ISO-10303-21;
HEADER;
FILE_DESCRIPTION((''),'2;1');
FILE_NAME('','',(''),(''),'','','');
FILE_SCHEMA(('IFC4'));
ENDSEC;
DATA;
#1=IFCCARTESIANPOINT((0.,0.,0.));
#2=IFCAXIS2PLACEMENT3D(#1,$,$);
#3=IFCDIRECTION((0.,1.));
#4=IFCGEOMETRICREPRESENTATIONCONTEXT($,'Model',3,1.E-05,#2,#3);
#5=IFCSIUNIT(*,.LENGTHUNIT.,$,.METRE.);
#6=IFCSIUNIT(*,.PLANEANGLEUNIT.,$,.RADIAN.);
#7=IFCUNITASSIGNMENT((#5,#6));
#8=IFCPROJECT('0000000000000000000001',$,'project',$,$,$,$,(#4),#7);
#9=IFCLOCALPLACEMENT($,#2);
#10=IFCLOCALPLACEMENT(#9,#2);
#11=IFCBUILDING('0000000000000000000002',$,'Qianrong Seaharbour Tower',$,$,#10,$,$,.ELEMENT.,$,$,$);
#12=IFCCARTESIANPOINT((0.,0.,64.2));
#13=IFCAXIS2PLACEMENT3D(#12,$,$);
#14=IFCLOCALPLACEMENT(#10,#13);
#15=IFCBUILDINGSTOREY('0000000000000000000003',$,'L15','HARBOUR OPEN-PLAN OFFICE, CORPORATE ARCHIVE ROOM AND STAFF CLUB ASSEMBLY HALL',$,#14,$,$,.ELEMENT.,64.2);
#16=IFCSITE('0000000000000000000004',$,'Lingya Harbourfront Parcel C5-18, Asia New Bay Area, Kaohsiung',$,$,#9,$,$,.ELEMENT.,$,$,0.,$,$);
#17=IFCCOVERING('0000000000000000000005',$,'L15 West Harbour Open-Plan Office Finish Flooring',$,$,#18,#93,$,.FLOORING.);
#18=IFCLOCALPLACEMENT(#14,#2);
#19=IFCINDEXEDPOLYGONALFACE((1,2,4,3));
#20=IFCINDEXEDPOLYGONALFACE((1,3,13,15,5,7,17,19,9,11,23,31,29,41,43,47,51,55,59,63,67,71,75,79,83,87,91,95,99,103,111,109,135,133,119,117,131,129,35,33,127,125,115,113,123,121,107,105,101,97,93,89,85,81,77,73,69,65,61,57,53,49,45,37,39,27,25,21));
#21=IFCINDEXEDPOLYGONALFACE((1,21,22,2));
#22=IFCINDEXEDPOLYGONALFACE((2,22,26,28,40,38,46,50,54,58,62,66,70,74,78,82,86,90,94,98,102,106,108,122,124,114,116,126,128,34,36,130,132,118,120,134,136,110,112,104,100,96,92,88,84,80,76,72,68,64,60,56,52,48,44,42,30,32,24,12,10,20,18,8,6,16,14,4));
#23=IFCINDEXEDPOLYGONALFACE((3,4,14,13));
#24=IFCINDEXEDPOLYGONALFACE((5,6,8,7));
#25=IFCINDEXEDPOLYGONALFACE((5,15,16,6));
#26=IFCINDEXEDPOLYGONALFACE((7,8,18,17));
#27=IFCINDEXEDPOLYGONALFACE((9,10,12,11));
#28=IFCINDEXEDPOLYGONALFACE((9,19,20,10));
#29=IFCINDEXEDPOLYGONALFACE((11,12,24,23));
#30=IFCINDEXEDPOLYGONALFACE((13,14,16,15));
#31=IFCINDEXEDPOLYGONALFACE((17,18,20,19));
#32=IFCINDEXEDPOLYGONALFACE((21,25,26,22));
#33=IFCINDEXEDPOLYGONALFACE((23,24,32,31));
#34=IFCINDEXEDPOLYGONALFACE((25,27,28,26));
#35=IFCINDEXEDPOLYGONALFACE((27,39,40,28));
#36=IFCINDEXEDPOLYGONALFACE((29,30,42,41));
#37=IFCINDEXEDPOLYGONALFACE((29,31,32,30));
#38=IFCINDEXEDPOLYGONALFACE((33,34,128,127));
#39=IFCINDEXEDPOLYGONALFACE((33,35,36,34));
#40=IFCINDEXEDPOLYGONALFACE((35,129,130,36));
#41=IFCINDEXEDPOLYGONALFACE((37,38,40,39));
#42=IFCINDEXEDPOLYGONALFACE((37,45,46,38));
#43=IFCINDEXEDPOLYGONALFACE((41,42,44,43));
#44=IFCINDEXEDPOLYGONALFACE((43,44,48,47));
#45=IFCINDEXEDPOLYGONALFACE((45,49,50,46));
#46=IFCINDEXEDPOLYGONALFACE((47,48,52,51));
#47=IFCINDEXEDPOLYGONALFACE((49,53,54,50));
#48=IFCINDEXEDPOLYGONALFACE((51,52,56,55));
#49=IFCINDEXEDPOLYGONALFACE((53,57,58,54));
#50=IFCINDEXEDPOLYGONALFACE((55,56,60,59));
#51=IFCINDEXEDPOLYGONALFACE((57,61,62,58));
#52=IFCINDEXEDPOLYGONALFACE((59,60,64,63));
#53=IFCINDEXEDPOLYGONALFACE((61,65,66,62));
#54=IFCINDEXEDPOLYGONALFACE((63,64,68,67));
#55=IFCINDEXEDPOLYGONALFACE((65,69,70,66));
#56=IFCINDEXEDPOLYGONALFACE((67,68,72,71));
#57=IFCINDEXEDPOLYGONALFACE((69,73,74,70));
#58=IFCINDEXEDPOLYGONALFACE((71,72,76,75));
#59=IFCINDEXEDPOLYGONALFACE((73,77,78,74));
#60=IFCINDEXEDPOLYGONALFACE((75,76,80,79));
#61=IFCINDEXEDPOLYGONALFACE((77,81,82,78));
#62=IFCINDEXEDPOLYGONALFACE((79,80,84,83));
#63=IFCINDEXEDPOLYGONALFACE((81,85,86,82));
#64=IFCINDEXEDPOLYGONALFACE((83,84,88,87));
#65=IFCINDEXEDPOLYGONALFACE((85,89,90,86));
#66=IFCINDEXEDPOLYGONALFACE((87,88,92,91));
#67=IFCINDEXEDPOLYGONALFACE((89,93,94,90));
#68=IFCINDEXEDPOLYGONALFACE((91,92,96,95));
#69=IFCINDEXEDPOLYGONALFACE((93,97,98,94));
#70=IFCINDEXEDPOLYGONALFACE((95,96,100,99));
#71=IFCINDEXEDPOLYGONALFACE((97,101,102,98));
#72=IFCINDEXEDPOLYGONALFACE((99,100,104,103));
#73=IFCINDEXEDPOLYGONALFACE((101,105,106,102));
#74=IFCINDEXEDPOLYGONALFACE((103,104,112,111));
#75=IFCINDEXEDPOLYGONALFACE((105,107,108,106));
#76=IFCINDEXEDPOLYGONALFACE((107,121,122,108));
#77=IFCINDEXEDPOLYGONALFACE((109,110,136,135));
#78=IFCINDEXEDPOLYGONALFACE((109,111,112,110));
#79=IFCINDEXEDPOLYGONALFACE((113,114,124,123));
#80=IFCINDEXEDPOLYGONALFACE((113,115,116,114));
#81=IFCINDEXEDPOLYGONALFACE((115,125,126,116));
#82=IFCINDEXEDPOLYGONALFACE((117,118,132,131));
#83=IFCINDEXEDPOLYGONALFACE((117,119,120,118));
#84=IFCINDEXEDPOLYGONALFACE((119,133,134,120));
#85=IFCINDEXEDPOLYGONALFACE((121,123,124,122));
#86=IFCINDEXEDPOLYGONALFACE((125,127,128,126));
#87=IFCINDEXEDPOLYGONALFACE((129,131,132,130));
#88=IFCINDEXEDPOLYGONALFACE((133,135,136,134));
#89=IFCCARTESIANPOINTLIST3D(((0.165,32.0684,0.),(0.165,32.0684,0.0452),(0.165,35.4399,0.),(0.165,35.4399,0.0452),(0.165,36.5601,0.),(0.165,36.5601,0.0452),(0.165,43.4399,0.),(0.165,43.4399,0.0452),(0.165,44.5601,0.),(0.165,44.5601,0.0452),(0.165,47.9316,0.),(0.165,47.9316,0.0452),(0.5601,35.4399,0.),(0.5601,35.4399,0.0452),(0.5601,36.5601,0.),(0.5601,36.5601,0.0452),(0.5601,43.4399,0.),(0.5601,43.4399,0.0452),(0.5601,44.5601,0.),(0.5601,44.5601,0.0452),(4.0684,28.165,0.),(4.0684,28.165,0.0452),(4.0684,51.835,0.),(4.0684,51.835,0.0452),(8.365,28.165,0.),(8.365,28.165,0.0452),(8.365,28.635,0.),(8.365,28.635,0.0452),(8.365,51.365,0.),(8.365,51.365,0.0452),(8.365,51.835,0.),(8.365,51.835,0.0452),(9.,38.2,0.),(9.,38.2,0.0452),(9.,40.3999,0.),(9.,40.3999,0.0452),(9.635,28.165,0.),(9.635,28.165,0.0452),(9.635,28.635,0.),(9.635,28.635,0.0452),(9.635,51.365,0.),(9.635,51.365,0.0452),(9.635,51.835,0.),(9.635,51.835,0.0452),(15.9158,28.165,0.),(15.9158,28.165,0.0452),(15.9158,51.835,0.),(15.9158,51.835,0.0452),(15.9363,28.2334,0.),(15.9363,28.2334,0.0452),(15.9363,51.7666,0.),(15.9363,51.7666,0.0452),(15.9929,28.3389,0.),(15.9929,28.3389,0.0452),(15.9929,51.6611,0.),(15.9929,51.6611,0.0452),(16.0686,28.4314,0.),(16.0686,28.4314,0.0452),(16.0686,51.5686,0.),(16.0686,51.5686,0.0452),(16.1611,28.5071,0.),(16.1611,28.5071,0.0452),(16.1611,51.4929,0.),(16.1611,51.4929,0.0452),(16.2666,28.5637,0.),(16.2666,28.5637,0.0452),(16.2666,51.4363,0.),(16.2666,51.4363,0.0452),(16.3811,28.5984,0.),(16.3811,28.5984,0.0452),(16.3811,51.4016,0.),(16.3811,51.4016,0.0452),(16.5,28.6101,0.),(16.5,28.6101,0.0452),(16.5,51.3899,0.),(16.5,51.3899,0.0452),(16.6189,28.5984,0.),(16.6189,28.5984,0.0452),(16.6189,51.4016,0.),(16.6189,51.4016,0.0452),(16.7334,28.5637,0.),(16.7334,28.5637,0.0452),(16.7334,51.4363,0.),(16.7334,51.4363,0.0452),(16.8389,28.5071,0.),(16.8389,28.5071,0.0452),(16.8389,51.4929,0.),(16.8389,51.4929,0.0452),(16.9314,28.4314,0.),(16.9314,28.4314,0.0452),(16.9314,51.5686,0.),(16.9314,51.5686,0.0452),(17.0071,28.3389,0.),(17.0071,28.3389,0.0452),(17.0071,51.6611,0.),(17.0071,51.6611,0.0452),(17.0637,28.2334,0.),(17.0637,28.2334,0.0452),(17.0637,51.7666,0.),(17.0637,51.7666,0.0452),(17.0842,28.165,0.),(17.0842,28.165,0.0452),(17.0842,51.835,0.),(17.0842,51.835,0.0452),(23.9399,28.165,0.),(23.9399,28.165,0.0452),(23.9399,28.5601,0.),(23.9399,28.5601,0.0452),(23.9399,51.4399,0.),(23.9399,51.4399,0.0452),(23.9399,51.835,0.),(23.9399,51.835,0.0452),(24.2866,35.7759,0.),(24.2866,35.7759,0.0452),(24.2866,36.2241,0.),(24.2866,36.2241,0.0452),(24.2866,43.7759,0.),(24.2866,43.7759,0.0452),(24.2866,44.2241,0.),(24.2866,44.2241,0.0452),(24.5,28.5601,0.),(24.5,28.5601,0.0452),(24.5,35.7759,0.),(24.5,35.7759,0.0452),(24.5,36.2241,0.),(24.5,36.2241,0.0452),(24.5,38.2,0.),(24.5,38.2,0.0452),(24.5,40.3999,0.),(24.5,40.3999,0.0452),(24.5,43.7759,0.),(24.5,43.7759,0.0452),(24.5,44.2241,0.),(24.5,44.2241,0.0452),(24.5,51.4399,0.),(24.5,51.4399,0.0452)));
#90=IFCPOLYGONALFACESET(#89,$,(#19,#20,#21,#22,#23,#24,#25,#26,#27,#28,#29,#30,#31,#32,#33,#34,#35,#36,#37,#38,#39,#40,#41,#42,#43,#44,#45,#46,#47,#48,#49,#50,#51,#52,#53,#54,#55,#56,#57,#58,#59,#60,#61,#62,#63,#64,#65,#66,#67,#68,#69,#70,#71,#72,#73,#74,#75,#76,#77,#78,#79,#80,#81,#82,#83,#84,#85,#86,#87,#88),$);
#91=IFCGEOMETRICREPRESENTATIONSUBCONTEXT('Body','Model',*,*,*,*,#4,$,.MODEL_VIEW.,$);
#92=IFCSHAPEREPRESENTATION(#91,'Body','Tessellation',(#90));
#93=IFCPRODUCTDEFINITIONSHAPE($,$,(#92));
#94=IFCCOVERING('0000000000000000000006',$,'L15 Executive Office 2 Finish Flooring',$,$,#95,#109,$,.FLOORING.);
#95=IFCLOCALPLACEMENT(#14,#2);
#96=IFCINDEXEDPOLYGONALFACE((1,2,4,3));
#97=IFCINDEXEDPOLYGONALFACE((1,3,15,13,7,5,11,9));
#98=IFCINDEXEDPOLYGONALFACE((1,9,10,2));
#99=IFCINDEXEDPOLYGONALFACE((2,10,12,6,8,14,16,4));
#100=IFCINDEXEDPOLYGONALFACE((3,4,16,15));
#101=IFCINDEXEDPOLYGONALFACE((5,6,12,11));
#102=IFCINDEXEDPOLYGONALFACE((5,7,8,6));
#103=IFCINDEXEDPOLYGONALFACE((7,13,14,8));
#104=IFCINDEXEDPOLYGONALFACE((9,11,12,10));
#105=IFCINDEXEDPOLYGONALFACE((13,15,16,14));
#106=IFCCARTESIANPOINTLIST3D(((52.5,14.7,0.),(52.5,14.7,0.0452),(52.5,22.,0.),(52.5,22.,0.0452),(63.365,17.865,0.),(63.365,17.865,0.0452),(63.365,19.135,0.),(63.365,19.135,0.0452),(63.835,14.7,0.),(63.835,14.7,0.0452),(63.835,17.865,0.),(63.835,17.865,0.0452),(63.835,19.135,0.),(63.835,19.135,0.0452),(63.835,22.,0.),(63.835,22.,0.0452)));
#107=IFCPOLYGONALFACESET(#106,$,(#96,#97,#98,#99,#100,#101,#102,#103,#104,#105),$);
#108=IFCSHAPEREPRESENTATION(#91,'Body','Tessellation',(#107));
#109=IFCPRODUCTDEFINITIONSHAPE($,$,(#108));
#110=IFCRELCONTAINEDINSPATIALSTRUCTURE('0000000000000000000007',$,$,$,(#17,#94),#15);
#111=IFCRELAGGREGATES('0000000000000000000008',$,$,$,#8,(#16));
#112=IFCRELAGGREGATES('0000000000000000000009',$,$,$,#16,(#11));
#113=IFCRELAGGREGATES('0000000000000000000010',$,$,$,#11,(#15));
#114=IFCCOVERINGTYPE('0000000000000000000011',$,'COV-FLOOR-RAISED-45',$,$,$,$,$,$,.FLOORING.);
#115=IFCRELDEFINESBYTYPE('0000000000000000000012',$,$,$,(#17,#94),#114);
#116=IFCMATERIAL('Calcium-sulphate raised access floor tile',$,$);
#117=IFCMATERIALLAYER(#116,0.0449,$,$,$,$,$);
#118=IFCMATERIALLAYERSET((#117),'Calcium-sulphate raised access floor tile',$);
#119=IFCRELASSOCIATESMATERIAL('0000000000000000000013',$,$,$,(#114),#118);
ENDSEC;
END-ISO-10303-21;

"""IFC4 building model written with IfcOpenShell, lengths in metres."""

from ifc_helpers import new_model, si_unit, direction, frame, origin, place, context, subcontext, project, spatial, polyline, outline, extrude, material, layer, layer_set, type_object, element, save


model = new_model("IFC4")

# Units and contexts
model_context = context("Model", 3, precision=1e-05, world=origin(), true_north=direction((0.0, 1.0)))
body_context = subcontext(model_context, "Body", "Model", "MODEL_VIEW")
ifc_project = project(units=[si_unit("LENGTHUNIT", "METRE"), si_unit("PLANEANGLEUNIT", "RADIAN")], contexts=[model_context])

# Site, building, storey
site_placement = place(None, origin())
site = spatial("IfcSite", under=ifc_project, at=site_placement, Name="Lingya Harbourfront Parcel C5-18, Asia New Bay Area, Kaohsiung", CompositionType="ELEMENT", RefElevation=0.0)
building_placement = place(site_placement, origin())
building = spatial("IfcBuilding", under=site, at=building_placement, Name="Qianrong Seaharbour Tower", CompositionType="ELEMENT")
storey_placement = place(building_placement, frame((0.0, 0.0, 64.2)))
storey = spatial("IfcBuildingStorey", under=building, at=storey_placement, Name="L15", Description="HARBOUR OPEN-PLAN OFFICE, CORPORATE ARCHIVE ROOM AND STAFF CLUB ASSEMBLY HALL", CompositionType="ELEMENT", Elevation=64.2)

# Coverings
ifc_material_1 = material(Name="Calcium-sulphate raised access floor tile")
ifc_layer_1 = layer(ifc_material_1, 0.0449)
ifc_layer_set_1 = layer_set([ifc_layer_1], Name="Calcium-sulphate raised access floor tile")
covering_type_1 = type_object("IfcCoveringType", Name="COV-FLOOR-RAISED-45", PredefinedType="FLOORING", material=ifc_layer_set_1)
covering_1_placement = place(storey_placement, origin())
element("IfcCovering", 1, at=covering_1_placement, inside=storey, type_object=covering_type_1, Name="L15 West Harbour Open-Plan Office Finish Flooring", PredefinedType="FLOORING", context=body_context, shape_type="SweptSolid", body=[
    extrude(outline(polyline([(0.165, 32.0684), (0.165, 35.4399), (0.5601, 35.4399), (0.5601, 36.5601), (0.165, 36.5601), (0.165, 43.4399), (0.5601, 43.4399), (0.5601, 44.5601), (0.165, 44.5601), (0.165, 47.9316), (4.0684, 51.835), (8.365, 51.835), (8.365, 51.365), (9.635, 51.365), (9.635, 51.835), (15.9158, 51.835), (15.9363, 51.7666), (15.9929, 51.6611), (16.0686, 51.5686), (16.1611, 51.4929), (16.2666, 51.4363), (16.3811, 51.4016), (16.5, 51.3899), (16.6189, 51.4016), (16.7334, 51.4363), (16.8389, 51.4929), (16.9314, 51.5686), (17.0071, 51.6611), (17.0637, 51.7666), (17.0842, 51.835), (23.9399, 51.835), (23.9399, 51.4399), (24.5, 51.4399), (24.5, 44.2241), (24.2866, 44.2241), (24.2866, 43.7759), (24.5, 43.7759), (24.5, 40.3999), (9.0, 40.3999), (9.0, 38.2), (24.5, 38.2), (24.5, 36.2241), (24.2866, 36.2241), (24.2866, 35.7759), (24.5, 35.7759), (24.5, 28.5601), (23.9399, 28.5601), (23.9399, 28.165), (17.0842, 28.165), (17.0637, 28.2334), (17.0071, 28.3389), (16.9314, 28.4314), (16.8389, 28.5071), (16.7334, 28.5637), (16.6189, 28.5984), (16.5, 28.6101), (16.3811, 28.5984), (16.2666, 28.5637), (16.1611, 28.5071), (16.0686, 28.4314), (15.9929, 28.3389), (15.9363, 28.2334), (15.9158, 28.165), (9.635, 28.165), (9.635, 28.635), (8.365, 28.635), (8.365, 28.165), (4.0684, 28.165), (0.165, 32.0684)])), origin(), (0.0, 0.0, 1.0), 0.0452),
])
covering_2_placement = place(storey_placement, origin())
element("IfcCovering", 2, at=covering_2_placement, inside=storey, type_object=covering_type_1, Name="L15 Executive Office 2 Finish Flooring", PredefinedType="FLOORING", context=body_context, shape_type="SweptSolid", body=[
    extrude(outline(polyline([(63.835, 22.0), (63.835, 19.135), (63.365, 19.135), (63.365, 17.865), (63.835, 17.865), (63.835, 14.7), (52.5, 14.7), (52.5, 22.0), (63.835, 22.0)])), origin(), (0.0, 0.0, 1.0), 0.0452),
])

save(model, "model.ifc")
